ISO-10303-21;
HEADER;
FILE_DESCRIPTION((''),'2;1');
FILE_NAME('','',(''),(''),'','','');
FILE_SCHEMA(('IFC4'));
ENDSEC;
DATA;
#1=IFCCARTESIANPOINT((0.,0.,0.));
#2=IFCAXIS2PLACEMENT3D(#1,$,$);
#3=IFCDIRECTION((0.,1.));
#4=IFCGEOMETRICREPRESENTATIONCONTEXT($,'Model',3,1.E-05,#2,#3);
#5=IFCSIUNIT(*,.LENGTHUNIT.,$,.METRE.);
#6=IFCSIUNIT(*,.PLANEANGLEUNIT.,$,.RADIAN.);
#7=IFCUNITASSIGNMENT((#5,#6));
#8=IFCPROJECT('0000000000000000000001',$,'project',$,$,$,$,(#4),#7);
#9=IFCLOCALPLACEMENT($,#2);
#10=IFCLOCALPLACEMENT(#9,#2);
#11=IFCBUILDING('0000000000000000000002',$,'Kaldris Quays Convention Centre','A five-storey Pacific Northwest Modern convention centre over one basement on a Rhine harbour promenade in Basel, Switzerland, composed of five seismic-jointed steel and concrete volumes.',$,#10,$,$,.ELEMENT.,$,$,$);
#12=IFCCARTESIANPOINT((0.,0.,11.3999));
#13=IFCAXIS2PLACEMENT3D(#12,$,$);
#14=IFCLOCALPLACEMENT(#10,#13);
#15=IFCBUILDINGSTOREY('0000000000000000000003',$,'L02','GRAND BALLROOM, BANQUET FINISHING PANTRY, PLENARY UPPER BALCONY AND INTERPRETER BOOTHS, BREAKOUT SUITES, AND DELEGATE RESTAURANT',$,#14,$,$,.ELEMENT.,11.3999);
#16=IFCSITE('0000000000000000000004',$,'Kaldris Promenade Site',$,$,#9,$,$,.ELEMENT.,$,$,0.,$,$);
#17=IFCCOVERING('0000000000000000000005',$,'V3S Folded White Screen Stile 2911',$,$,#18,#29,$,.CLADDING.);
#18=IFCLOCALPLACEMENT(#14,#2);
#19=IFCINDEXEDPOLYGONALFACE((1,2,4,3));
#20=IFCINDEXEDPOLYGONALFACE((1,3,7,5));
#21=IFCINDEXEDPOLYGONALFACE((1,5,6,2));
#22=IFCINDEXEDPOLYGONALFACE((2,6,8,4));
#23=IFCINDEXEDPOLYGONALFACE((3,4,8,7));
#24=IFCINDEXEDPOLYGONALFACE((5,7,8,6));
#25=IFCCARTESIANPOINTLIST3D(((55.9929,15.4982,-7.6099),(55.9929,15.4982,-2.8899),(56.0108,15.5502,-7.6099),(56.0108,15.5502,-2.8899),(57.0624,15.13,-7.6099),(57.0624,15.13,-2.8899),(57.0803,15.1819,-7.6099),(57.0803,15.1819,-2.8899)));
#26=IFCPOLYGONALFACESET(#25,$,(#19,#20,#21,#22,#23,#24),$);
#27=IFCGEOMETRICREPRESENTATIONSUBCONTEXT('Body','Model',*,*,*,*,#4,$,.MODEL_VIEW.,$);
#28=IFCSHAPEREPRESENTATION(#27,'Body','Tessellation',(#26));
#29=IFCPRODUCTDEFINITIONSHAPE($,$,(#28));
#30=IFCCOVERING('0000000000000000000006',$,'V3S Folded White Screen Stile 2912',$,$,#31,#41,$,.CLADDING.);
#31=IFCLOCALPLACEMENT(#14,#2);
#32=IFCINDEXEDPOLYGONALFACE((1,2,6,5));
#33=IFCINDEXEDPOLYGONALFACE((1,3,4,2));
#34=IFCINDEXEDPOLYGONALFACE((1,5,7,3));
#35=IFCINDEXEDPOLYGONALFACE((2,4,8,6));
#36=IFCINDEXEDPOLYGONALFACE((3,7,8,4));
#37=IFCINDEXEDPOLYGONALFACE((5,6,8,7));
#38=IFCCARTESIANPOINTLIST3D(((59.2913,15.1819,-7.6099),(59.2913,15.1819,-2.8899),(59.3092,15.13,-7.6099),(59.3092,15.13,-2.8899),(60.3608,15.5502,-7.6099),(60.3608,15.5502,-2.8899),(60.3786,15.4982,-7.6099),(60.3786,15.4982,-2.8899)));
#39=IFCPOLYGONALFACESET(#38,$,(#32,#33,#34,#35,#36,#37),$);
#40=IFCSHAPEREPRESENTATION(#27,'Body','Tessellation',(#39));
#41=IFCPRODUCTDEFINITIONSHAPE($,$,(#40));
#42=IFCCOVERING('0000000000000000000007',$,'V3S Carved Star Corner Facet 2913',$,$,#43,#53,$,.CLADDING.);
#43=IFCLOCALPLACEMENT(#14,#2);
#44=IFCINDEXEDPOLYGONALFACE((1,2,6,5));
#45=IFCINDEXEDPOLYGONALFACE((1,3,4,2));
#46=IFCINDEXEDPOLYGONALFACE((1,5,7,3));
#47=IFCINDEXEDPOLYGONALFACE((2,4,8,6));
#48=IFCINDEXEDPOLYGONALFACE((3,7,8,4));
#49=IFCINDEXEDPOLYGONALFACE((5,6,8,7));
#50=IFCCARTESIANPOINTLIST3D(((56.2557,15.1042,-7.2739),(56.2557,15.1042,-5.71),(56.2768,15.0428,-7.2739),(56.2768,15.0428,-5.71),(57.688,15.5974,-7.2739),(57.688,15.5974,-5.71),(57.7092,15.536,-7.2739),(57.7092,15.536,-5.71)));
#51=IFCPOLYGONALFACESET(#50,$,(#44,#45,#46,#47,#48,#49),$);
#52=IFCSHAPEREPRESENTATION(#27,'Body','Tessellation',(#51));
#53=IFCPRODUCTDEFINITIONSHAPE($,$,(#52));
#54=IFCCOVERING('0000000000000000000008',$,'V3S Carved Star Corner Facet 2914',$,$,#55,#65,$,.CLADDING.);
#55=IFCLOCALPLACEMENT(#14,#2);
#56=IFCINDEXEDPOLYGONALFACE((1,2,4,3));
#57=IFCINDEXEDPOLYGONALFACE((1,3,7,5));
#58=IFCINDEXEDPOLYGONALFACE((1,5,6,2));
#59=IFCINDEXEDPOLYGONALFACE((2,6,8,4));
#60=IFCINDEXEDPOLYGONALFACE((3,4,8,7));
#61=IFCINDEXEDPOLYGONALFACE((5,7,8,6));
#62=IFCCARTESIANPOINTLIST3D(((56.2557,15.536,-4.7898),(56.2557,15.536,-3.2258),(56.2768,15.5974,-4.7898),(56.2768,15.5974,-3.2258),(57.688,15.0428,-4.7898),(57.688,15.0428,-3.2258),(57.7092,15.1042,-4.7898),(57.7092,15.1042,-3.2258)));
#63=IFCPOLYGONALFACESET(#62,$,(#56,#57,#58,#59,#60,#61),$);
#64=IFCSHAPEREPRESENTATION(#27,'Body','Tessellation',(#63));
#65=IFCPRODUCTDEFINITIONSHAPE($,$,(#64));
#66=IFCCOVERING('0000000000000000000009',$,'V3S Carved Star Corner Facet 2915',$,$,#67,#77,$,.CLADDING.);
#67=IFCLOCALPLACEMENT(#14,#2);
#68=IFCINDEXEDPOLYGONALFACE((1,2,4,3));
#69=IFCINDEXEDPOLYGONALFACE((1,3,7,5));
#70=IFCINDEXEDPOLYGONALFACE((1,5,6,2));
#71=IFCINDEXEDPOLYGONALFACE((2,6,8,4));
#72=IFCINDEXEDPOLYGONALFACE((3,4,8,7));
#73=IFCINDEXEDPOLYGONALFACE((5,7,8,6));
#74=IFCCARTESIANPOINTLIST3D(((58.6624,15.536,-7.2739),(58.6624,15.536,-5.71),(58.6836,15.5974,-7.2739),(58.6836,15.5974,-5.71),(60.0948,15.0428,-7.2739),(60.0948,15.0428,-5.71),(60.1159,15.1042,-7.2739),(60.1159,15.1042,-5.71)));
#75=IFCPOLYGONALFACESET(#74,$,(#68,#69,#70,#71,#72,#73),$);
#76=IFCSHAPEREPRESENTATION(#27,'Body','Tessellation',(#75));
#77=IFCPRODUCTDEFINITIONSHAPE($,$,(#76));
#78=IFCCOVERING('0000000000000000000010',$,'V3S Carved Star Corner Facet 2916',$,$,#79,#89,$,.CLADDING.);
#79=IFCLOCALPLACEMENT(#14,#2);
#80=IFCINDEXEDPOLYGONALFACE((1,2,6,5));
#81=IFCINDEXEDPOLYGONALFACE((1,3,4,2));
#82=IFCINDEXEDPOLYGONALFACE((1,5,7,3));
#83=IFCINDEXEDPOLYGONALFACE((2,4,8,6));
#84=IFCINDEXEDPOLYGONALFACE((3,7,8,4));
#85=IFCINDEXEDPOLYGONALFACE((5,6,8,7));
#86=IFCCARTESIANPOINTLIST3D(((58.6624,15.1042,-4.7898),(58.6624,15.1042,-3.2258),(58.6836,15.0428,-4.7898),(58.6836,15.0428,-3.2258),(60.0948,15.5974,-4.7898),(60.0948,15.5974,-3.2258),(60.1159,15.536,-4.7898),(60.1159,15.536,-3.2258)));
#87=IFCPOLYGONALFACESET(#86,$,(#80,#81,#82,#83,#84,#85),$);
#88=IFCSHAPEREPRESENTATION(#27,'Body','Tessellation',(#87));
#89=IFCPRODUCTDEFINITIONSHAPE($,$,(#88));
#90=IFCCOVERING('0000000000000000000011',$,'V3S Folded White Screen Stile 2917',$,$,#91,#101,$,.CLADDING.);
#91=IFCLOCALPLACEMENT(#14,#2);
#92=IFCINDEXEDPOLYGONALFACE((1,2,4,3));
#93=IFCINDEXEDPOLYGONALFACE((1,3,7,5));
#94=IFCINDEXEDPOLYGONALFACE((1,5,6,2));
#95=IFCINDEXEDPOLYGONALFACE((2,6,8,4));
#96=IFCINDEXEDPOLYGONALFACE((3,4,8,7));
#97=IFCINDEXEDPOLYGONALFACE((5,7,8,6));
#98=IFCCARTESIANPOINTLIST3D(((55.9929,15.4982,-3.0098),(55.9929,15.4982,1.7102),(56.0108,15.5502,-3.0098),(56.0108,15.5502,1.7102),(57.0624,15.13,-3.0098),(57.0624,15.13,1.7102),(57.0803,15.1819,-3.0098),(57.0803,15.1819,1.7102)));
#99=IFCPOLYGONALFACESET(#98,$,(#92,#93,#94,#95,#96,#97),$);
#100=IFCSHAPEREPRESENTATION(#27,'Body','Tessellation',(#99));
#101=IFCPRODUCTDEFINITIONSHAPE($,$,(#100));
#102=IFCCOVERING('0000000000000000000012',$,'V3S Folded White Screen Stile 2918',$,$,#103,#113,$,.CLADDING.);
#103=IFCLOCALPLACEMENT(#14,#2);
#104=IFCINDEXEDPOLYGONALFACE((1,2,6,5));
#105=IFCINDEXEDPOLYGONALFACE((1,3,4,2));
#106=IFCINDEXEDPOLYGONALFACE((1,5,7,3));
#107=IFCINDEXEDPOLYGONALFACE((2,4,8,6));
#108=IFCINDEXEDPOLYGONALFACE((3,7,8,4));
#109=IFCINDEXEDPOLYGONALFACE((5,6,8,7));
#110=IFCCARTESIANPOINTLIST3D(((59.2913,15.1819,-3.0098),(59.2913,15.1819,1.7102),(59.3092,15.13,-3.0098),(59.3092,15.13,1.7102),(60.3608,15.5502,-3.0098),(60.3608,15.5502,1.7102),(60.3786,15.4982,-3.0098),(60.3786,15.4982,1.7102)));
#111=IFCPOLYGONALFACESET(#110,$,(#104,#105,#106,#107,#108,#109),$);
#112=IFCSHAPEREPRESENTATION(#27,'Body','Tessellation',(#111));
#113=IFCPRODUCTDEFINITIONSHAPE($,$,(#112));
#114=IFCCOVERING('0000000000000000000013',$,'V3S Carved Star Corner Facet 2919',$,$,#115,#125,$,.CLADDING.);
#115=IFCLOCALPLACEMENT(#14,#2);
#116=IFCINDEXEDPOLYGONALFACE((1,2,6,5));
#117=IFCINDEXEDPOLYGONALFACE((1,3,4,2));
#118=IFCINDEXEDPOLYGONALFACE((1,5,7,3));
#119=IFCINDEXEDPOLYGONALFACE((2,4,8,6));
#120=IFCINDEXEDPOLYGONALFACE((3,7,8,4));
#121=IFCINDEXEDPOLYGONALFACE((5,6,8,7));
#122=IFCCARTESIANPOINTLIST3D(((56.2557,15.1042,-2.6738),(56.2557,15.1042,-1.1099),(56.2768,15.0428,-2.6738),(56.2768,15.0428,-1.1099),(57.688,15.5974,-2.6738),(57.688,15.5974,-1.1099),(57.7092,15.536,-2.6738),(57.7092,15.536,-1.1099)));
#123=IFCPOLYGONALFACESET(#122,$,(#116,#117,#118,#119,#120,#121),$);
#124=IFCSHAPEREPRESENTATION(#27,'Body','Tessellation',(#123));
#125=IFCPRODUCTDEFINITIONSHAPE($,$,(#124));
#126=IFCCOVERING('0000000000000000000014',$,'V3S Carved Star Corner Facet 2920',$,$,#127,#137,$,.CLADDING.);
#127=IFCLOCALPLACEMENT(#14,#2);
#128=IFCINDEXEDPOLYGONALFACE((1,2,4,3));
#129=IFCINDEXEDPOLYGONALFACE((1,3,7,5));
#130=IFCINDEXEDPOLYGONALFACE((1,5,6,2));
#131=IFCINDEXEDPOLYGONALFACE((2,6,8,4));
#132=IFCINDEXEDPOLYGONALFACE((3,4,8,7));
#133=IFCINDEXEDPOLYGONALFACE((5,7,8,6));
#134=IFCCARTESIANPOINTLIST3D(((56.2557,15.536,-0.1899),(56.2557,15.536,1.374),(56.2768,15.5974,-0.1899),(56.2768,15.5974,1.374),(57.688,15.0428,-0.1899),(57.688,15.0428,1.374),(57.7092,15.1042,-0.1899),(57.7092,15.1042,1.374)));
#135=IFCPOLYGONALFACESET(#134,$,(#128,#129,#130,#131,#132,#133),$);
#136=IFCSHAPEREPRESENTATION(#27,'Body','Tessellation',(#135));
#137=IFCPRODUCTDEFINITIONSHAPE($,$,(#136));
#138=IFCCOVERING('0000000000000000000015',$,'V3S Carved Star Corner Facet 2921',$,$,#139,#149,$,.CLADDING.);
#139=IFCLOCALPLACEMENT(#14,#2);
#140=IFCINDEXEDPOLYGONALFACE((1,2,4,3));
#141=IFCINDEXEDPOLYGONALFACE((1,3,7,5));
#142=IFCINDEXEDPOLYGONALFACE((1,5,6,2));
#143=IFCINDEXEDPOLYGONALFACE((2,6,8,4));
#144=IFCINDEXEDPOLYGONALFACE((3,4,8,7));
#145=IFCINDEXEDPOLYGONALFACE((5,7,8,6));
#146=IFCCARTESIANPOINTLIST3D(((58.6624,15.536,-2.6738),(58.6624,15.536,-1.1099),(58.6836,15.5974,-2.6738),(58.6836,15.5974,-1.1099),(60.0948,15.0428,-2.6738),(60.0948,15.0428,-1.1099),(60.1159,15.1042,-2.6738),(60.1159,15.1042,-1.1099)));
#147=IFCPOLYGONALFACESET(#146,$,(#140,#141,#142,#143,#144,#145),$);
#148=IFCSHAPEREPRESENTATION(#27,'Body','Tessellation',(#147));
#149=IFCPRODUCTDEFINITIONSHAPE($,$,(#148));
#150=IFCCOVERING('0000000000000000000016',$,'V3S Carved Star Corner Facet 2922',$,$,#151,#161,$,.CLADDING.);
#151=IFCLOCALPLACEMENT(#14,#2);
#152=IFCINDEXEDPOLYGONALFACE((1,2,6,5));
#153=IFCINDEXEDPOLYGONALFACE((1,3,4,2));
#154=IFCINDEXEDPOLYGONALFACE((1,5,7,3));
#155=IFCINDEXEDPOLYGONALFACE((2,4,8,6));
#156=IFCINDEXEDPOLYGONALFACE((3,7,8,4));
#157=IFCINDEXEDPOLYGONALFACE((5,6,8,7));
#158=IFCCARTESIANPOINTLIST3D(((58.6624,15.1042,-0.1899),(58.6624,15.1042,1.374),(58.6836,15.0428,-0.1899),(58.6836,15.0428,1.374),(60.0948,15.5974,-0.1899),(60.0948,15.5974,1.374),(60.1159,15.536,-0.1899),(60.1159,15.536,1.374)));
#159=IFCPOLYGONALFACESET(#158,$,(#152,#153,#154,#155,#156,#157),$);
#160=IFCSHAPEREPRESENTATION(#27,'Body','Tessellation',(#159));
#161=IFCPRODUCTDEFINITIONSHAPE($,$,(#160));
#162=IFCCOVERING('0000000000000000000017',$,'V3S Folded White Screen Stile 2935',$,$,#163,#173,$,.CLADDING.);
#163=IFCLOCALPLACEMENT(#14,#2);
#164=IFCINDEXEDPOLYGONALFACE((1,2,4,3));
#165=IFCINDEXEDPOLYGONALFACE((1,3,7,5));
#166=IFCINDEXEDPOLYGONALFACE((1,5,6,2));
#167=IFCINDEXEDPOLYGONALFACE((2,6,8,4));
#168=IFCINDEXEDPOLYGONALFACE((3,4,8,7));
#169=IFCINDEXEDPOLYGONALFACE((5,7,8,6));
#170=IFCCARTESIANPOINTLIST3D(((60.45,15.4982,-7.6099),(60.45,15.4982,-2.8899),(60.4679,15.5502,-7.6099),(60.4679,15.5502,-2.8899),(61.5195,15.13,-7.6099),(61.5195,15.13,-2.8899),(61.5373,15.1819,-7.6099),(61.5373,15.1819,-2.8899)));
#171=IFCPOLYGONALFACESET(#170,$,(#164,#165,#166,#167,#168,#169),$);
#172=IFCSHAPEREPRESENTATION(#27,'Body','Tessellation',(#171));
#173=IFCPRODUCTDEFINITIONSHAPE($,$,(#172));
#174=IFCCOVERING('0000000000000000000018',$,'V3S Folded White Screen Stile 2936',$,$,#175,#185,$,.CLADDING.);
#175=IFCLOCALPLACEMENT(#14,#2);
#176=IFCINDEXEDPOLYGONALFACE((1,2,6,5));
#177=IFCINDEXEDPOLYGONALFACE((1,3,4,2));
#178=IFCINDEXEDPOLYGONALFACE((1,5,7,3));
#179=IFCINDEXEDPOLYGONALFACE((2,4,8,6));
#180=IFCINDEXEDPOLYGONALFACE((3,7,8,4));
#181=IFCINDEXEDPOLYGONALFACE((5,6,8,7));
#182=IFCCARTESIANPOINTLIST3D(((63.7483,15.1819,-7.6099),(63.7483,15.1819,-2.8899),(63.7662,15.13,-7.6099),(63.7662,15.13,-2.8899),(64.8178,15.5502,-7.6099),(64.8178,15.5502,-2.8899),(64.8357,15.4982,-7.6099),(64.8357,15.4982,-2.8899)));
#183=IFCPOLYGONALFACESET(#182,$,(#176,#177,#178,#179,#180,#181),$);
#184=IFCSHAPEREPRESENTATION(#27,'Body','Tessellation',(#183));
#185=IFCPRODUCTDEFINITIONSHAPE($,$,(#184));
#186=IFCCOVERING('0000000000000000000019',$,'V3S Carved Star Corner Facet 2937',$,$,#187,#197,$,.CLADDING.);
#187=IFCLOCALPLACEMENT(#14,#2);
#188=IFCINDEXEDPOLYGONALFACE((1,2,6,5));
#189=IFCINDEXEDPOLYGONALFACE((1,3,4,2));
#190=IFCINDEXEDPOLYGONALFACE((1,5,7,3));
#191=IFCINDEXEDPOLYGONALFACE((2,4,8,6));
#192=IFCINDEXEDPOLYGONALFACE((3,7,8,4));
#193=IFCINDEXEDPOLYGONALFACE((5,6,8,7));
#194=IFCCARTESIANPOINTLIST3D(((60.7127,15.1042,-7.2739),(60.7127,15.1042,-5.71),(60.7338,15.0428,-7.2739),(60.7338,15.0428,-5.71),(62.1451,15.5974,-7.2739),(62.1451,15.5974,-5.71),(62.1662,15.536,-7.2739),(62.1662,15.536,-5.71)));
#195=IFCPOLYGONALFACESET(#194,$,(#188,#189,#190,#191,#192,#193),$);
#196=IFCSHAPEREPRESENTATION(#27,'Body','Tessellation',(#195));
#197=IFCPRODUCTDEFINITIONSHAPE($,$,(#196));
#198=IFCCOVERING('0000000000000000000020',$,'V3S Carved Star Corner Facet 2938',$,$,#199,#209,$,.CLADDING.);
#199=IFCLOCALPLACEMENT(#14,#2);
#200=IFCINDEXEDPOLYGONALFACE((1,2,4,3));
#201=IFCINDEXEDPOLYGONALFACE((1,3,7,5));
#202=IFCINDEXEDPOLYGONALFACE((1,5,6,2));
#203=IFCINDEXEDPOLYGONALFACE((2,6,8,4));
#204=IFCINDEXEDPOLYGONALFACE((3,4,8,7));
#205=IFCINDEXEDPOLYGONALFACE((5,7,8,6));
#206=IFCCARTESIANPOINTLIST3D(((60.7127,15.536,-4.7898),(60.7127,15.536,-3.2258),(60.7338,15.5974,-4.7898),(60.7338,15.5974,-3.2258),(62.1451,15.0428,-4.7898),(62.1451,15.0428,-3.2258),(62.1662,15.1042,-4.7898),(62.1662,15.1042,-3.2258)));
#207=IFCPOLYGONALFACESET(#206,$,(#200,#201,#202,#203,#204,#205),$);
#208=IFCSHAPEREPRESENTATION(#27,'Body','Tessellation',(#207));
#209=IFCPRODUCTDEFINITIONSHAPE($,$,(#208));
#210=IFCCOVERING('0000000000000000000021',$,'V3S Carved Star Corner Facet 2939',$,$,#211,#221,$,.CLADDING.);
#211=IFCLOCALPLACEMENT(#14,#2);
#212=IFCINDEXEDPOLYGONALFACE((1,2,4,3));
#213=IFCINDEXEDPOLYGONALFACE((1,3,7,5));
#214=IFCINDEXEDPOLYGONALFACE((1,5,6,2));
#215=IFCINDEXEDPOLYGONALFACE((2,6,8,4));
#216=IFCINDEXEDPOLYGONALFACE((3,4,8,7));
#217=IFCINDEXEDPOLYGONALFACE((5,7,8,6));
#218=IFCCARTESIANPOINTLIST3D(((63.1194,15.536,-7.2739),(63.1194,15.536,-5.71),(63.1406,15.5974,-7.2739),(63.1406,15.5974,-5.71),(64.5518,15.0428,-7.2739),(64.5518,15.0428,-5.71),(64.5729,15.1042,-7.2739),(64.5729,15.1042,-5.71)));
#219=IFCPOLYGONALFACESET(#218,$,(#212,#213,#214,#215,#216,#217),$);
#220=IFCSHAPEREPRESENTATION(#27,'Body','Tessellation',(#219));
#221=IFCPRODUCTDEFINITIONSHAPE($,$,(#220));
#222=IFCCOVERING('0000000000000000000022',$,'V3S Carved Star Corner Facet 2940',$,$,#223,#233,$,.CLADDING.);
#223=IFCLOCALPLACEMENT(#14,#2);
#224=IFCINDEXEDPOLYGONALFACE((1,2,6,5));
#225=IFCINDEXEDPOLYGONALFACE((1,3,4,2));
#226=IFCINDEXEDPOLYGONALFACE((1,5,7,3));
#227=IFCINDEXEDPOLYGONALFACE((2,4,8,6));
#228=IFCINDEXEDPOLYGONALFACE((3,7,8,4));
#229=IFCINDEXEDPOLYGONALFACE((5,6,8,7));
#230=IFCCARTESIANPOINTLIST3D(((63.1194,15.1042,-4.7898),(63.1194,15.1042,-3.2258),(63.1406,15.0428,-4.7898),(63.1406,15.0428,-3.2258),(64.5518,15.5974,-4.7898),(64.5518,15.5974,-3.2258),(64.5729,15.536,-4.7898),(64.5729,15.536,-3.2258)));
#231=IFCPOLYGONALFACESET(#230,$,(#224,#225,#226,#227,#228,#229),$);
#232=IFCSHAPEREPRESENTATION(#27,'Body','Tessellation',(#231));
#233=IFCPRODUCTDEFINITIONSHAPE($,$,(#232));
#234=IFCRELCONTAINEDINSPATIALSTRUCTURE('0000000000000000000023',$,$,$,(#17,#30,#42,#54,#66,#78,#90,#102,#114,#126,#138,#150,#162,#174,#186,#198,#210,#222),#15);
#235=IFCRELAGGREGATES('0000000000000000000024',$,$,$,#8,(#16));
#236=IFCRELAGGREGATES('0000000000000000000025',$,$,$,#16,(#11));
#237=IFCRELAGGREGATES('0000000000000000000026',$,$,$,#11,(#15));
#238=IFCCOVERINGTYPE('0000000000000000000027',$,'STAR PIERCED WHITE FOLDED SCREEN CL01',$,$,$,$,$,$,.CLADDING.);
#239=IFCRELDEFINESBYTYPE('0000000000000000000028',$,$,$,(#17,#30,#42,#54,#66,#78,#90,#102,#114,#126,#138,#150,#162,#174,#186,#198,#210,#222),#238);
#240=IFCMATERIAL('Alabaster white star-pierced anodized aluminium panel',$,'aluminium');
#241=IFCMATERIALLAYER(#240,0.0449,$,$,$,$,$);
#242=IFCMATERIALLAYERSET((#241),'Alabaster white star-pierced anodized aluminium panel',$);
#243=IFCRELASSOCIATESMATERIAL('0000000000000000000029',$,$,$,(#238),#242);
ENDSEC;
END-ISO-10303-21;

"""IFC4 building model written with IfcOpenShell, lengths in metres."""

from ifc_helpers import new_model, si_unit, direction, frame, origin, origin_2d, place, context, subcontext, project, spatial, rectangle, extrude, material, layer, layer_set, type_object, element, save


model = new_model("IFC4")

# Units and contexts
model_context = context("Model", 3, precision=1e-05, world=origin(), true_north=direction((0.0, 1.0)))
body_context = subcontext(model_context, "Body", "Model", "MODEL_VIEW")
ifc_project = project(units=[si_unit("LENGTHUNIT", "METRE"), si_unit("PLANEANGLEUNIT", "RADIAN")], contexts=[model_context])

# Site, building, storey
site_placement = place(None, origin())
site = spatial("IfcSite", under=ifc_project, at=site_placement, Name="Kaldris Promenade Site", CompositionType="ELEMENT", RefElevation=0.0)
building_placement = place(site_placement, origin())
building = spatial("IfcBuilding", under=site, at=building_placement, Name="Kaldris Quays Convention Centre", Description="A five-storey Pacific Northwest Modern convention centre over one basement on a Rhine harbour promenade in Basel, Switzerland, composed of five seismic-jointed steel and concrete volumes.", CompositionType="ELEMENT")
storey_placement = place(building_placement, frame((0.0, 0.0, 11.3999)))
storey = spatial("IfcBuildingStorey", under=building, at=storey_placement, Name="L02", Description="GRAND BALLROOM, BANQUET FINISHING PANTRY, PLENARY UPPER BALCONY AND INTERPRETER BOOTHS, BREAKOUT SUITES, AND DELEGATE RESTAURANT", CompositionType="ELEMENT", Elevation=11.3999)

# Coverings
ifc_material = material(Name="Alabaster white star-pierced anodized aluminium panel", Category="aluminium")
ifc_layer = layer(ifc_material, 0.0449)
ifc_layer_set = layer_set([ifc_layer], Name="Alabaster white star-pierced anodized aluminium panel")
covering_type = type_object("IfcCoveringType", Name="STAR PIERCED WHITE FOLDED SCREEN CL01", PredefinedType="CLADDING", material=ifc_layer_set)
for number, where, z_axis, x_axis, name in (
    (1, (56.5366, 15.3401, -7.6099), (0.0, 0.0, 1.0), (0.945519, -0.325568, 0.0), "V3S Folded White Screen Stile 2911"),
    (2, (59.835, 15.3401, -7.6099), (0.0, 0.0, 1.0), (0.945519, 0.325568, 0.0), "V3S Folded White Screen Stile 2912"),
):
    element("IfcCovering", number, at=place(storey_placement, frame(where, z_axis=z_axis, x_axis=x_axis)), inside=storey, type_object=covering_type, Name=name, PredefinedType="CLADDING", context=body_context, shape_type="SweptSolid", body=[
        extrude(rectangle(XDim=1.1311, YDim=0.0549, at=origin_2d()), origin(), (0.0, 0.0, 1.0), 4.72),
    ])
for number, where, z_axis, x_axis, name in (
    (3, (56.9824, 15.3201, -7.2739), (0.0, 0.0, 1.0), (0.945519, 0.325568, 0.0), "V3S Carved Star Corner Facet 2913"),
    (4, (56.9824, 15.3201, -4.7898), (0.0, 0.0, 1.0), (0.945519, -0.325568, 0.0), "V3S Carved Star Corner Facet 2914"),
    (5, (59.3892, 15.3201, -7.2739), (0.0, 0.0, 1.0), (0.945519, -0.325568, 0.0), "V3S Carved Star Corner Facet 2915"),
    (6, (59.3892, 15.3201, -4.7898), (0.0, 0.0, 1.0), (0.945519, 0.325568, 0.0), "V3S Carved Star Corner Facet 2916"),
):
    element("IfcCovering", number, at=place(storey_placement, frame(where, z_axis=z_axis, x_axis=x_axis)), inside=storey, type_object=covering_type, Name=name, PredefinedType="CLADDING", context=body_context, shape_type="SweptSolid", body=[
        extrude(rectangle(XDim=1.5149, YDim=0.0649, at=origin_2d()), origin(), (0.0, 0.0, 1.0), 1.564),
    ])
for number, where, z_axis, x_axis, name in (
    (7, (56.5366, 15.3401, -3.0098), (0.0, 0.0, 1.0), (0.945519, -0.325568, 0.0), "V3S Folded White Screen Stile 2917"),
    (8, (59.835, 15.3401, -3.0098), (0.0, 0.0, 1.0), (0.945519, 0.325568, 0.0), "V3S Folded White Screen Stile 2918"),
):
    element("IfcCovering", number, at=place(storey_placement, frame(where, z_axis=z_axis, x_axis=x_axis)), inside=storey, type_object=covering_type, Name=name, PredefinedType="CLADDING", context=body_context, shape_type="SweptSolid", body=[
        extrude(rectangle(XDim=1.1311, YDim=0.0549, at=origin_2d()), origin(), (0.0, 0.0, 1.0), 4.72),
    ])
for number, where, z_axis, x_axis, name in (
    (9, (56.9824, 15.3201, -2.6738), (0.0, 0.0, 1.0), (0.945519, 0.325568, 0.0), "V3S Carved Star Corner Facet 2919"),
    (10, (56.9824, 15.3201, -0.1899), (0.0, 0.0, 1.0), (0.945519, -0.325568, 0.0), "V3S Carved Star Corner Facet 2920"),
    (11, (59.3892, 15.3201, -2.6738), (0.0, 0.0, 1.0), (0.945519, -0.325568, 0.0), "V3S Carved Star Corner Facet 2921"),
    (12, (59.3892, 15.3201, -0.1899), (0.0, 0.0, 1.0), (0.945519, 0.325568, 0.0), "V3S Carved Star Corner Facet 2922"),
):
    element("IfcCovering", number, at=place(storey_placement, frame(where, z_axis=z_axis, x_axis=x_axis)), inside=storey, type_object=covering_type, Name=name, PredefinedType="CLADDING", context=body_context, shape_type="SweptSolid", body=[
        extrude(rectangle(XDim=1.5149, YDim=0.0649, at=origin_2d()), origin(), (0.0, 0.0, 1.0), 1.564),
    ])
for number, where, z_axis, x_axis, name in (
    (13, (60.9937, 15.3401, -7.6099), (0.0, 0.0, 1.0), (0.945519, -0.325568, 0.0), "V3S Folded White Screen Stile 2935"),
    (14, (64.292, 15.3401, -7.6099), (0.0, 0.0, 1.0), (0.945519, 0.325568, 0.0), "V3S Folded White Screen Stile 2936"),
):
    element("IfcCovering", number, at=place(storey_placement, frame(where, z_axis=z_axis, x_axis=x_axis)), inside=storey, type_object=covering_type, Name=name, PredefinedType="CLADDING", context=body_context, shape_type="SweptSolid", body=[
        extrude(rectangle(XDim=1.1311, YDim=0.0549, at=origin_2d()), origin(), (0.0, 0.0, 1.0), 4.72),
    ])
for number, where, z_axis, x_axis, name in (
    (15, (61.4395, 15.3201, -7.2739), (0.0, 0.0, 1.0), (0.945519, 0.325568, 0.0), "V3S Carved Star Corner Facet 2937"),
    (16, (61.4395, 15.3201, -4.7898), (0.0, 0.0, 1.0), (0.945519, -0.325568, 0.0), "V3S Carved Star Corner Facet 2938"),
    (17, (63.8462, 15.3201, -7.2739), (0.0, 0.0, 1.0), (0.945519, -0.325568, 0.0), "V3S Carved Star Corner Facet 2939"),
    (18, (63.8462, 15.3201, -4.7898), (0.0, 0.0, 1.0), (0.945519, 0.325568, 0.0), "V3S Carved Star Corner Facet 2940"),
):
    element("IfcCovering", number, at=place(storey_placement, frame(where, z_axis=z_axis, x_axis=x_axis)), inside=storey, type_object=covering_type, Name=name, PredefinedType="CLADDING", context=body_context, shape_type="SweptSolid", body=[
        extrude(rectangle(XDim=1.5149, YDim=0.0649, at=origin_2d()), origin(), (0.0, 0.0, 1.0), 1.564),
    ])

save(model, "model.ifc")
